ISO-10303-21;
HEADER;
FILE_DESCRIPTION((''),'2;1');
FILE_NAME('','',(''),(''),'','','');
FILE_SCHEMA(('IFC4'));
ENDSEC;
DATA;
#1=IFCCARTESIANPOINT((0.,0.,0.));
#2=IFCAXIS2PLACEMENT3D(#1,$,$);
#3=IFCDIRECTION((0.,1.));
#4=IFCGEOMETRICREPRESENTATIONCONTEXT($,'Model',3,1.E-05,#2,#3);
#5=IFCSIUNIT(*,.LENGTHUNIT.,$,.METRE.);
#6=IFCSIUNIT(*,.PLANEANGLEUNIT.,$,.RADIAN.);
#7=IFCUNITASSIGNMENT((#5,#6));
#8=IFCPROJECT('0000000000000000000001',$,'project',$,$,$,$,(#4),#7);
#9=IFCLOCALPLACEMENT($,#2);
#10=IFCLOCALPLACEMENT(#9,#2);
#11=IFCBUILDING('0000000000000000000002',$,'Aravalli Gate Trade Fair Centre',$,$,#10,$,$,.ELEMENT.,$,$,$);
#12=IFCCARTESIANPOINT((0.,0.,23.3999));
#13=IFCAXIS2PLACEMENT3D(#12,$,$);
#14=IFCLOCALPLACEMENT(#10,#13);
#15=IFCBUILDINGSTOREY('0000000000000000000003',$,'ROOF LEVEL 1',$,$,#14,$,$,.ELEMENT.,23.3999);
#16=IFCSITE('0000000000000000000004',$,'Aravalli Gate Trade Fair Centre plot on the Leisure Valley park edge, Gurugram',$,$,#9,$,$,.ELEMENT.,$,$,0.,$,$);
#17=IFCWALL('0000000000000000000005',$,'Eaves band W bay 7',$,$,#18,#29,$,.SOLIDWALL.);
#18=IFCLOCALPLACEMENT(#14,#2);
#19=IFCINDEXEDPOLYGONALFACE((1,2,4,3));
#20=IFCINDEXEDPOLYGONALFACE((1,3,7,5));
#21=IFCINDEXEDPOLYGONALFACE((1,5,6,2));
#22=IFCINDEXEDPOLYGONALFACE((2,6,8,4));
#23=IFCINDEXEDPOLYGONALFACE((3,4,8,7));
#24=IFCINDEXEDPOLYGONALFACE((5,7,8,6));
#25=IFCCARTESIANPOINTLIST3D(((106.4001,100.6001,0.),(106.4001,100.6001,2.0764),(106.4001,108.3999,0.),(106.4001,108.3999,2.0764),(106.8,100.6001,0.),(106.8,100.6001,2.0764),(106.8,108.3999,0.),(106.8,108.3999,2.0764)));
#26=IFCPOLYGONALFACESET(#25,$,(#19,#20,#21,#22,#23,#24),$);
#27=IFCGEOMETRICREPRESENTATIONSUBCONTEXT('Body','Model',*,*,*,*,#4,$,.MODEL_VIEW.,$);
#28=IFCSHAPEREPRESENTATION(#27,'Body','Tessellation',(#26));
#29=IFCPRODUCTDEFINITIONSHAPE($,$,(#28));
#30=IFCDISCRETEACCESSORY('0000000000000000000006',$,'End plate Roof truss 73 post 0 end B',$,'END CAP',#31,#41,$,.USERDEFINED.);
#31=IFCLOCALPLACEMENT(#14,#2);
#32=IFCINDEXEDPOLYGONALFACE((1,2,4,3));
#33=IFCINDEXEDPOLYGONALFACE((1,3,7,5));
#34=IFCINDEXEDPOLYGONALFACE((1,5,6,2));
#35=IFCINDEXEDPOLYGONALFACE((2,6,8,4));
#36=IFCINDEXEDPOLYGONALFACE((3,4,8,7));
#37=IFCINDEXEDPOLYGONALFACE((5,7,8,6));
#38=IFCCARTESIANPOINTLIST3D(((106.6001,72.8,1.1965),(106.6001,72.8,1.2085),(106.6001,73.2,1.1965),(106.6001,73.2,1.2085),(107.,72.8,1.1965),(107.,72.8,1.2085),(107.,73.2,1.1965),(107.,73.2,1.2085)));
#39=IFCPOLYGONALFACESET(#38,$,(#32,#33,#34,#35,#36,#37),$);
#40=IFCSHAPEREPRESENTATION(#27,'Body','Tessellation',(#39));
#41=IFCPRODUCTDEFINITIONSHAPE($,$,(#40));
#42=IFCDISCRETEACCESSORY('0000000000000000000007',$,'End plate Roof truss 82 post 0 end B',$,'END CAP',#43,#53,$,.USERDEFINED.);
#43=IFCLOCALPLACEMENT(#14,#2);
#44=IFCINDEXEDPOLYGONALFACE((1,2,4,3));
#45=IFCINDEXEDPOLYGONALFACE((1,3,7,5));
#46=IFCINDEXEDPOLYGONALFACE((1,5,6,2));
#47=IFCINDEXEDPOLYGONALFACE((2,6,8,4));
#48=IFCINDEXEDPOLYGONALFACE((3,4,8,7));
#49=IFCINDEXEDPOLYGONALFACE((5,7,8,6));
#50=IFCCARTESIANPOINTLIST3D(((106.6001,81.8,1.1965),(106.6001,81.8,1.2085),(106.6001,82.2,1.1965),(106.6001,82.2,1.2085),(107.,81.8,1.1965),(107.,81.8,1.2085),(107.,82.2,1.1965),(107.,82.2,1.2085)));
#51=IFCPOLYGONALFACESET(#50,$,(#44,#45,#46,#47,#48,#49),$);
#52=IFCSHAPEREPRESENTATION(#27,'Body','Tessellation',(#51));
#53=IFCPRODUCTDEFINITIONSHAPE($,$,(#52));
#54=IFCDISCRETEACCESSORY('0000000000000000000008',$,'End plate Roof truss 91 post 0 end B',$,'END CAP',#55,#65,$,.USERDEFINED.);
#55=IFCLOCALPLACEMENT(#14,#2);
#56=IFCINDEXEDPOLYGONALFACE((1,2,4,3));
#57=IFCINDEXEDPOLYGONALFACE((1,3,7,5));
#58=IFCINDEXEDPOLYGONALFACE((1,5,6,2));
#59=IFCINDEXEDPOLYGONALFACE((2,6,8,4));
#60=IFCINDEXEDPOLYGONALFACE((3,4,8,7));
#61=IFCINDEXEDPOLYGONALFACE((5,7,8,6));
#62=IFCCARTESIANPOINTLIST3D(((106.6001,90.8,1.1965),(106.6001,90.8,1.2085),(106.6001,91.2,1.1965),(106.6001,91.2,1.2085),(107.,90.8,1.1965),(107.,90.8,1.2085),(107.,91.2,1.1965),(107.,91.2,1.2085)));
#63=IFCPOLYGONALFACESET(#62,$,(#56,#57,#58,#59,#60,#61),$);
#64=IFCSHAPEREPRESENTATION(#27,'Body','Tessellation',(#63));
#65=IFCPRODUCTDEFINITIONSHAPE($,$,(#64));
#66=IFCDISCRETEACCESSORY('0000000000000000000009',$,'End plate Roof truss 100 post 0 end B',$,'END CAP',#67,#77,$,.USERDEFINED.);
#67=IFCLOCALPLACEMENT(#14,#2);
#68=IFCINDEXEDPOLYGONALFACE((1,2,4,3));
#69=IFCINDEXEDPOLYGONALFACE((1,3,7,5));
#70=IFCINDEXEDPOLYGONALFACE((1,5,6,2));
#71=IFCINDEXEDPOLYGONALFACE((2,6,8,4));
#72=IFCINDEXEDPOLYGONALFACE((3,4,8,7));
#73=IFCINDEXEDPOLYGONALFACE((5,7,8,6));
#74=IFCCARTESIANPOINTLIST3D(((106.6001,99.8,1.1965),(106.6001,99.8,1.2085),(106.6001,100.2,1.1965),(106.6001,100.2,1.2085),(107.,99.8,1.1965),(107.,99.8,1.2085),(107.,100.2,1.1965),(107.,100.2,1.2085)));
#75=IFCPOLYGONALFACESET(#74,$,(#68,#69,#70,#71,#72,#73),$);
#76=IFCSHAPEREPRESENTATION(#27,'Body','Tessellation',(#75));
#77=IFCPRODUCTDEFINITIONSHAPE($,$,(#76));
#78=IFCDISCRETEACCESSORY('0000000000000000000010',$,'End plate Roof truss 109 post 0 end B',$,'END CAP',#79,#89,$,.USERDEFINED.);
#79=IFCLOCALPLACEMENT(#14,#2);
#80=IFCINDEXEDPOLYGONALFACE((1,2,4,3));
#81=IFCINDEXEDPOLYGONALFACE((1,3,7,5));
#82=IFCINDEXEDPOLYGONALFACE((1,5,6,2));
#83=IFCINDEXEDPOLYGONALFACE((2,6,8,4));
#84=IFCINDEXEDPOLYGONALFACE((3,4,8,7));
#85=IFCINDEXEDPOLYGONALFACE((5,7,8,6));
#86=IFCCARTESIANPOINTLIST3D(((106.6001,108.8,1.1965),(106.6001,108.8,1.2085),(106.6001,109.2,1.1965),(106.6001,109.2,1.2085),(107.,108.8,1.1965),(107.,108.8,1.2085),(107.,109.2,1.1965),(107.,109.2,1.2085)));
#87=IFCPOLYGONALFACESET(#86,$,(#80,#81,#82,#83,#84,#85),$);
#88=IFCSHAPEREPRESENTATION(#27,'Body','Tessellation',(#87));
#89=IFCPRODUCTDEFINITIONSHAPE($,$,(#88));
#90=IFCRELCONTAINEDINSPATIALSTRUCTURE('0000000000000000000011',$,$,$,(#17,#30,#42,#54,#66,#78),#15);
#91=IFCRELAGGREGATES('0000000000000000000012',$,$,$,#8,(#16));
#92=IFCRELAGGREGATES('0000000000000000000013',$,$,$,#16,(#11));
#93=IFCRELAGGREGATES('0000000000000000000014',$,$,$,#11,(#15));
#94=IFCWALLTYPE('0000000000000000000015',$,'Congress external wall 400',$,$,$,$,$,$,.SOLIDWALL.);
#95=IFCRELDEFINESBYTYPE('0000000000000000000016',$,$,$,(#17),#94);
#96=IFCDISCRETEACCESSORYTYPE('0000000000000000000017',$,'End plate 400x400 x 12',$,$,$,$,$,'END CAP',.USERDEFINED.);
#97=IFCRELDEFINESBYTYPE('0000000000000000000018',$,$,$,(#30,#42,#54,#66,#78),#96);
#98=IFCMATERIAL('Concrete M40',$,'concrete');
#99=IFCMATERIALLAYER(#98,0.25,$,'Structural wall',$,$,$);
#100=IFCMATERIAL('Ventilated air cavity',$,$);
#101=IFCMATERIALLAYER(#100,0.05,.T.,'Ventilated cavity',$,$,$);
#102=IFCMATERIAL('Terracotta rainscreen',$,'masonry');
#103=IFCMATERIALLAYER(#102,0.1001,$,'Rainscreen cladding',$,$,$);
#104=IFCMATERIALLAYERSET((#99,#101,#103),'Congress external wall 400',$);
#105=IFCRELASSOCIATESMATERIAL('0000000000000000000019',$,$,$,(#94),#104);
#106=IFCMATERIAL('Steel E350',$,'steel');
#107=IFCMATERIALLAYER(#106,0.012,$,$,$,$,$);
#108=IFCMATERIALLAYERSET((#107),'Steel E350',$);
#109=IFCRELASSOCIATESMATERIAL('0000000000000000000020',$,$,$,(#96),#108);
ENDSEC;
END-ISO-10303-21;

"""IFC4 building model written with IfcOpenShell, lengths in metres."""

from ifc_helpers import new_model, si_unit, direction, frame, frame_2d, origin, place, context, subcontext, project, spatial, polyline, rectangle, outline, extrude, material, layer, layer_set, type_object, element, save


model = new_model("IFC4")

# Units and contexts
model_context = context("Model", 3, precision=1e-05, world=origin(), true_north=direction((0.0, 1.0)))
body_context = subcontext(model_context, "Body", "Model", "MODEL_VIEW")
ifc_project = project(units=[si_unit("LENGTHUNIT", "METRE"), si_unit("PLANEANGLEUNIT", "RADIAN")], contexts=[model_context])

# Site, building, storey
site_placement = place(None, origin())
site = spatial("IfcSite", under=ifc_project, at=site_placement, Name="Aravalli Gate Trade Fair Centre plot on the Leisure Valley park edge, Gurugram", CompositionType="ELEMENT", RefElevation=0.0)
building_placement = place(site_placement, origin())
building = spatial("IfcBuilding", under=site, at=building_placement, Name="Aravalli Gate Trade Fair Centre", CompositionType="ELEMENT")
storey_placement = place(building_placement, frame((0.0, 0.0, 23.3999)))
storey = spatial("IfcBuildingStorey", under=building, at=storey_placement, Name="ROOF LEVEL 1", CompositionType="ELEMENT", Elevation=23.3999)

# Shared definitions
ifc_material_1 = material(Name="Steel E350", Category="steel")

# Wall
ifc_material_2 = material(Name="Concrete M40", Category="concrete")
ifc_layer_1 = layer(ifc_material_2, 0.25, Name="Structural wall")
ifc_material_3 = material(Name="Ventilated air cavity")
ifc_layer_2 = layer(ifc_material_3, 0.05, ventilated=True, Name="Ventilated cavity")
ifc_material_4 = material(Name="Terracotta rainscreen", Category="masonry")
ifc_layer_3 = layer(ifc_material_4, 0.1001, Name="Rainscreen cladding")
ifc_layer_set_1 = layer_set([ifc_layer_1, ifc_layer_2, ifc_layer_3], Name="Congress external wall 400")
wall_type = type_object("IfcWallType", Name="Congress external wall 400", PredefinedType="SOLIDWALL", material=ifc_layer_set_1)
for number, where, z_axis, x_axis, name in (
    (1, (106.6001, 100.6001, 0.0), (0.0, 0.0, 1.0), (0.0, 1.0, 0.0), "Eaves band W bay 7"),
):
    element("IfcWall", number, at=place(storey_placement, frame(where, z_axis=z_axis, x_axis=x_axis)), inside=storey, type_object=wall_type, Name=name, PredefinedType="SOLIDWALL", context=body_context, shape_type="SweptSolid", body=[
        extrude(rectangle(XDim=7.7998, YDim=0.3999, at=frame_2d((3.8999, 0.0))), origin(), (0.0, 0.0, 1.0), 2.0764),
    ])

# Discrete accessories
ifc_layer_4 = layer(ifc_material_1, 0.012)
ifc_layer_set_2 = layer_set([ifc_layer_4], Name="Steel E350")
discrete_accessory_type = type_object("IfcDiscreteAccessoryType", Name="End plate 400x400 x 12", ElementType="END CAP", PredefinedType="USERDEFINED", material=ifc_layer_set_2)
for number, where, z_axis, x_axis, name in (
    (2, (106.6001, 72.8, 1.2085), (0.0, 0.0, 1.0), (1.0, 0.0, 0.0), "End plate Roof truss 73 post 0 end B"),
    (3, (106.6001, 81.8, 1.2085), (0.0, 0.0, 1.0), (1.0, 0.0, 0.0), "End plate Roof truss 82 post 0 end B"),
    (4, (106.6001, 90.8, 1.2085), (0.0, 0.0, 1.0), (1.0, 0.0, 0.0), "End plate Roof truss 91 post 0 end B"),
    (5, (106.6001, 99.8, 1.2085), (0.0, 0.0, 1.0), (1.0, 0.0, 0.0), "End plate Roof truss 100 post 0 end B"),
    (6, (106.6001, 108.8, 1.2085), (0.0, 0.0, 1.0), (1.0, 0.0, 0.0), "End plate Roof truss 109 post 0 end B"),
):
    element("IfcDiscreteAccessory", number, at=place(storey_placement, frame(where, z_axis=z_axis, x_axis=x_axis)), inside=storey, type_object=discrete_accessory_type, Name=name, ObjectType="END CAP", PredefinedType="USERDEFINED", context=body_context, shape_type="SweptSolid", body=[
        extrude(outline(polyline([(0.0, 0.0), (0.3999, 0.0), (0.3999, 0.3999), (0.0, 0.3999), (0.0, 0.0)])), origin(), (0.0, 0.0, -1.0), 0.012),
    ])

save(model, "model.ifc")
